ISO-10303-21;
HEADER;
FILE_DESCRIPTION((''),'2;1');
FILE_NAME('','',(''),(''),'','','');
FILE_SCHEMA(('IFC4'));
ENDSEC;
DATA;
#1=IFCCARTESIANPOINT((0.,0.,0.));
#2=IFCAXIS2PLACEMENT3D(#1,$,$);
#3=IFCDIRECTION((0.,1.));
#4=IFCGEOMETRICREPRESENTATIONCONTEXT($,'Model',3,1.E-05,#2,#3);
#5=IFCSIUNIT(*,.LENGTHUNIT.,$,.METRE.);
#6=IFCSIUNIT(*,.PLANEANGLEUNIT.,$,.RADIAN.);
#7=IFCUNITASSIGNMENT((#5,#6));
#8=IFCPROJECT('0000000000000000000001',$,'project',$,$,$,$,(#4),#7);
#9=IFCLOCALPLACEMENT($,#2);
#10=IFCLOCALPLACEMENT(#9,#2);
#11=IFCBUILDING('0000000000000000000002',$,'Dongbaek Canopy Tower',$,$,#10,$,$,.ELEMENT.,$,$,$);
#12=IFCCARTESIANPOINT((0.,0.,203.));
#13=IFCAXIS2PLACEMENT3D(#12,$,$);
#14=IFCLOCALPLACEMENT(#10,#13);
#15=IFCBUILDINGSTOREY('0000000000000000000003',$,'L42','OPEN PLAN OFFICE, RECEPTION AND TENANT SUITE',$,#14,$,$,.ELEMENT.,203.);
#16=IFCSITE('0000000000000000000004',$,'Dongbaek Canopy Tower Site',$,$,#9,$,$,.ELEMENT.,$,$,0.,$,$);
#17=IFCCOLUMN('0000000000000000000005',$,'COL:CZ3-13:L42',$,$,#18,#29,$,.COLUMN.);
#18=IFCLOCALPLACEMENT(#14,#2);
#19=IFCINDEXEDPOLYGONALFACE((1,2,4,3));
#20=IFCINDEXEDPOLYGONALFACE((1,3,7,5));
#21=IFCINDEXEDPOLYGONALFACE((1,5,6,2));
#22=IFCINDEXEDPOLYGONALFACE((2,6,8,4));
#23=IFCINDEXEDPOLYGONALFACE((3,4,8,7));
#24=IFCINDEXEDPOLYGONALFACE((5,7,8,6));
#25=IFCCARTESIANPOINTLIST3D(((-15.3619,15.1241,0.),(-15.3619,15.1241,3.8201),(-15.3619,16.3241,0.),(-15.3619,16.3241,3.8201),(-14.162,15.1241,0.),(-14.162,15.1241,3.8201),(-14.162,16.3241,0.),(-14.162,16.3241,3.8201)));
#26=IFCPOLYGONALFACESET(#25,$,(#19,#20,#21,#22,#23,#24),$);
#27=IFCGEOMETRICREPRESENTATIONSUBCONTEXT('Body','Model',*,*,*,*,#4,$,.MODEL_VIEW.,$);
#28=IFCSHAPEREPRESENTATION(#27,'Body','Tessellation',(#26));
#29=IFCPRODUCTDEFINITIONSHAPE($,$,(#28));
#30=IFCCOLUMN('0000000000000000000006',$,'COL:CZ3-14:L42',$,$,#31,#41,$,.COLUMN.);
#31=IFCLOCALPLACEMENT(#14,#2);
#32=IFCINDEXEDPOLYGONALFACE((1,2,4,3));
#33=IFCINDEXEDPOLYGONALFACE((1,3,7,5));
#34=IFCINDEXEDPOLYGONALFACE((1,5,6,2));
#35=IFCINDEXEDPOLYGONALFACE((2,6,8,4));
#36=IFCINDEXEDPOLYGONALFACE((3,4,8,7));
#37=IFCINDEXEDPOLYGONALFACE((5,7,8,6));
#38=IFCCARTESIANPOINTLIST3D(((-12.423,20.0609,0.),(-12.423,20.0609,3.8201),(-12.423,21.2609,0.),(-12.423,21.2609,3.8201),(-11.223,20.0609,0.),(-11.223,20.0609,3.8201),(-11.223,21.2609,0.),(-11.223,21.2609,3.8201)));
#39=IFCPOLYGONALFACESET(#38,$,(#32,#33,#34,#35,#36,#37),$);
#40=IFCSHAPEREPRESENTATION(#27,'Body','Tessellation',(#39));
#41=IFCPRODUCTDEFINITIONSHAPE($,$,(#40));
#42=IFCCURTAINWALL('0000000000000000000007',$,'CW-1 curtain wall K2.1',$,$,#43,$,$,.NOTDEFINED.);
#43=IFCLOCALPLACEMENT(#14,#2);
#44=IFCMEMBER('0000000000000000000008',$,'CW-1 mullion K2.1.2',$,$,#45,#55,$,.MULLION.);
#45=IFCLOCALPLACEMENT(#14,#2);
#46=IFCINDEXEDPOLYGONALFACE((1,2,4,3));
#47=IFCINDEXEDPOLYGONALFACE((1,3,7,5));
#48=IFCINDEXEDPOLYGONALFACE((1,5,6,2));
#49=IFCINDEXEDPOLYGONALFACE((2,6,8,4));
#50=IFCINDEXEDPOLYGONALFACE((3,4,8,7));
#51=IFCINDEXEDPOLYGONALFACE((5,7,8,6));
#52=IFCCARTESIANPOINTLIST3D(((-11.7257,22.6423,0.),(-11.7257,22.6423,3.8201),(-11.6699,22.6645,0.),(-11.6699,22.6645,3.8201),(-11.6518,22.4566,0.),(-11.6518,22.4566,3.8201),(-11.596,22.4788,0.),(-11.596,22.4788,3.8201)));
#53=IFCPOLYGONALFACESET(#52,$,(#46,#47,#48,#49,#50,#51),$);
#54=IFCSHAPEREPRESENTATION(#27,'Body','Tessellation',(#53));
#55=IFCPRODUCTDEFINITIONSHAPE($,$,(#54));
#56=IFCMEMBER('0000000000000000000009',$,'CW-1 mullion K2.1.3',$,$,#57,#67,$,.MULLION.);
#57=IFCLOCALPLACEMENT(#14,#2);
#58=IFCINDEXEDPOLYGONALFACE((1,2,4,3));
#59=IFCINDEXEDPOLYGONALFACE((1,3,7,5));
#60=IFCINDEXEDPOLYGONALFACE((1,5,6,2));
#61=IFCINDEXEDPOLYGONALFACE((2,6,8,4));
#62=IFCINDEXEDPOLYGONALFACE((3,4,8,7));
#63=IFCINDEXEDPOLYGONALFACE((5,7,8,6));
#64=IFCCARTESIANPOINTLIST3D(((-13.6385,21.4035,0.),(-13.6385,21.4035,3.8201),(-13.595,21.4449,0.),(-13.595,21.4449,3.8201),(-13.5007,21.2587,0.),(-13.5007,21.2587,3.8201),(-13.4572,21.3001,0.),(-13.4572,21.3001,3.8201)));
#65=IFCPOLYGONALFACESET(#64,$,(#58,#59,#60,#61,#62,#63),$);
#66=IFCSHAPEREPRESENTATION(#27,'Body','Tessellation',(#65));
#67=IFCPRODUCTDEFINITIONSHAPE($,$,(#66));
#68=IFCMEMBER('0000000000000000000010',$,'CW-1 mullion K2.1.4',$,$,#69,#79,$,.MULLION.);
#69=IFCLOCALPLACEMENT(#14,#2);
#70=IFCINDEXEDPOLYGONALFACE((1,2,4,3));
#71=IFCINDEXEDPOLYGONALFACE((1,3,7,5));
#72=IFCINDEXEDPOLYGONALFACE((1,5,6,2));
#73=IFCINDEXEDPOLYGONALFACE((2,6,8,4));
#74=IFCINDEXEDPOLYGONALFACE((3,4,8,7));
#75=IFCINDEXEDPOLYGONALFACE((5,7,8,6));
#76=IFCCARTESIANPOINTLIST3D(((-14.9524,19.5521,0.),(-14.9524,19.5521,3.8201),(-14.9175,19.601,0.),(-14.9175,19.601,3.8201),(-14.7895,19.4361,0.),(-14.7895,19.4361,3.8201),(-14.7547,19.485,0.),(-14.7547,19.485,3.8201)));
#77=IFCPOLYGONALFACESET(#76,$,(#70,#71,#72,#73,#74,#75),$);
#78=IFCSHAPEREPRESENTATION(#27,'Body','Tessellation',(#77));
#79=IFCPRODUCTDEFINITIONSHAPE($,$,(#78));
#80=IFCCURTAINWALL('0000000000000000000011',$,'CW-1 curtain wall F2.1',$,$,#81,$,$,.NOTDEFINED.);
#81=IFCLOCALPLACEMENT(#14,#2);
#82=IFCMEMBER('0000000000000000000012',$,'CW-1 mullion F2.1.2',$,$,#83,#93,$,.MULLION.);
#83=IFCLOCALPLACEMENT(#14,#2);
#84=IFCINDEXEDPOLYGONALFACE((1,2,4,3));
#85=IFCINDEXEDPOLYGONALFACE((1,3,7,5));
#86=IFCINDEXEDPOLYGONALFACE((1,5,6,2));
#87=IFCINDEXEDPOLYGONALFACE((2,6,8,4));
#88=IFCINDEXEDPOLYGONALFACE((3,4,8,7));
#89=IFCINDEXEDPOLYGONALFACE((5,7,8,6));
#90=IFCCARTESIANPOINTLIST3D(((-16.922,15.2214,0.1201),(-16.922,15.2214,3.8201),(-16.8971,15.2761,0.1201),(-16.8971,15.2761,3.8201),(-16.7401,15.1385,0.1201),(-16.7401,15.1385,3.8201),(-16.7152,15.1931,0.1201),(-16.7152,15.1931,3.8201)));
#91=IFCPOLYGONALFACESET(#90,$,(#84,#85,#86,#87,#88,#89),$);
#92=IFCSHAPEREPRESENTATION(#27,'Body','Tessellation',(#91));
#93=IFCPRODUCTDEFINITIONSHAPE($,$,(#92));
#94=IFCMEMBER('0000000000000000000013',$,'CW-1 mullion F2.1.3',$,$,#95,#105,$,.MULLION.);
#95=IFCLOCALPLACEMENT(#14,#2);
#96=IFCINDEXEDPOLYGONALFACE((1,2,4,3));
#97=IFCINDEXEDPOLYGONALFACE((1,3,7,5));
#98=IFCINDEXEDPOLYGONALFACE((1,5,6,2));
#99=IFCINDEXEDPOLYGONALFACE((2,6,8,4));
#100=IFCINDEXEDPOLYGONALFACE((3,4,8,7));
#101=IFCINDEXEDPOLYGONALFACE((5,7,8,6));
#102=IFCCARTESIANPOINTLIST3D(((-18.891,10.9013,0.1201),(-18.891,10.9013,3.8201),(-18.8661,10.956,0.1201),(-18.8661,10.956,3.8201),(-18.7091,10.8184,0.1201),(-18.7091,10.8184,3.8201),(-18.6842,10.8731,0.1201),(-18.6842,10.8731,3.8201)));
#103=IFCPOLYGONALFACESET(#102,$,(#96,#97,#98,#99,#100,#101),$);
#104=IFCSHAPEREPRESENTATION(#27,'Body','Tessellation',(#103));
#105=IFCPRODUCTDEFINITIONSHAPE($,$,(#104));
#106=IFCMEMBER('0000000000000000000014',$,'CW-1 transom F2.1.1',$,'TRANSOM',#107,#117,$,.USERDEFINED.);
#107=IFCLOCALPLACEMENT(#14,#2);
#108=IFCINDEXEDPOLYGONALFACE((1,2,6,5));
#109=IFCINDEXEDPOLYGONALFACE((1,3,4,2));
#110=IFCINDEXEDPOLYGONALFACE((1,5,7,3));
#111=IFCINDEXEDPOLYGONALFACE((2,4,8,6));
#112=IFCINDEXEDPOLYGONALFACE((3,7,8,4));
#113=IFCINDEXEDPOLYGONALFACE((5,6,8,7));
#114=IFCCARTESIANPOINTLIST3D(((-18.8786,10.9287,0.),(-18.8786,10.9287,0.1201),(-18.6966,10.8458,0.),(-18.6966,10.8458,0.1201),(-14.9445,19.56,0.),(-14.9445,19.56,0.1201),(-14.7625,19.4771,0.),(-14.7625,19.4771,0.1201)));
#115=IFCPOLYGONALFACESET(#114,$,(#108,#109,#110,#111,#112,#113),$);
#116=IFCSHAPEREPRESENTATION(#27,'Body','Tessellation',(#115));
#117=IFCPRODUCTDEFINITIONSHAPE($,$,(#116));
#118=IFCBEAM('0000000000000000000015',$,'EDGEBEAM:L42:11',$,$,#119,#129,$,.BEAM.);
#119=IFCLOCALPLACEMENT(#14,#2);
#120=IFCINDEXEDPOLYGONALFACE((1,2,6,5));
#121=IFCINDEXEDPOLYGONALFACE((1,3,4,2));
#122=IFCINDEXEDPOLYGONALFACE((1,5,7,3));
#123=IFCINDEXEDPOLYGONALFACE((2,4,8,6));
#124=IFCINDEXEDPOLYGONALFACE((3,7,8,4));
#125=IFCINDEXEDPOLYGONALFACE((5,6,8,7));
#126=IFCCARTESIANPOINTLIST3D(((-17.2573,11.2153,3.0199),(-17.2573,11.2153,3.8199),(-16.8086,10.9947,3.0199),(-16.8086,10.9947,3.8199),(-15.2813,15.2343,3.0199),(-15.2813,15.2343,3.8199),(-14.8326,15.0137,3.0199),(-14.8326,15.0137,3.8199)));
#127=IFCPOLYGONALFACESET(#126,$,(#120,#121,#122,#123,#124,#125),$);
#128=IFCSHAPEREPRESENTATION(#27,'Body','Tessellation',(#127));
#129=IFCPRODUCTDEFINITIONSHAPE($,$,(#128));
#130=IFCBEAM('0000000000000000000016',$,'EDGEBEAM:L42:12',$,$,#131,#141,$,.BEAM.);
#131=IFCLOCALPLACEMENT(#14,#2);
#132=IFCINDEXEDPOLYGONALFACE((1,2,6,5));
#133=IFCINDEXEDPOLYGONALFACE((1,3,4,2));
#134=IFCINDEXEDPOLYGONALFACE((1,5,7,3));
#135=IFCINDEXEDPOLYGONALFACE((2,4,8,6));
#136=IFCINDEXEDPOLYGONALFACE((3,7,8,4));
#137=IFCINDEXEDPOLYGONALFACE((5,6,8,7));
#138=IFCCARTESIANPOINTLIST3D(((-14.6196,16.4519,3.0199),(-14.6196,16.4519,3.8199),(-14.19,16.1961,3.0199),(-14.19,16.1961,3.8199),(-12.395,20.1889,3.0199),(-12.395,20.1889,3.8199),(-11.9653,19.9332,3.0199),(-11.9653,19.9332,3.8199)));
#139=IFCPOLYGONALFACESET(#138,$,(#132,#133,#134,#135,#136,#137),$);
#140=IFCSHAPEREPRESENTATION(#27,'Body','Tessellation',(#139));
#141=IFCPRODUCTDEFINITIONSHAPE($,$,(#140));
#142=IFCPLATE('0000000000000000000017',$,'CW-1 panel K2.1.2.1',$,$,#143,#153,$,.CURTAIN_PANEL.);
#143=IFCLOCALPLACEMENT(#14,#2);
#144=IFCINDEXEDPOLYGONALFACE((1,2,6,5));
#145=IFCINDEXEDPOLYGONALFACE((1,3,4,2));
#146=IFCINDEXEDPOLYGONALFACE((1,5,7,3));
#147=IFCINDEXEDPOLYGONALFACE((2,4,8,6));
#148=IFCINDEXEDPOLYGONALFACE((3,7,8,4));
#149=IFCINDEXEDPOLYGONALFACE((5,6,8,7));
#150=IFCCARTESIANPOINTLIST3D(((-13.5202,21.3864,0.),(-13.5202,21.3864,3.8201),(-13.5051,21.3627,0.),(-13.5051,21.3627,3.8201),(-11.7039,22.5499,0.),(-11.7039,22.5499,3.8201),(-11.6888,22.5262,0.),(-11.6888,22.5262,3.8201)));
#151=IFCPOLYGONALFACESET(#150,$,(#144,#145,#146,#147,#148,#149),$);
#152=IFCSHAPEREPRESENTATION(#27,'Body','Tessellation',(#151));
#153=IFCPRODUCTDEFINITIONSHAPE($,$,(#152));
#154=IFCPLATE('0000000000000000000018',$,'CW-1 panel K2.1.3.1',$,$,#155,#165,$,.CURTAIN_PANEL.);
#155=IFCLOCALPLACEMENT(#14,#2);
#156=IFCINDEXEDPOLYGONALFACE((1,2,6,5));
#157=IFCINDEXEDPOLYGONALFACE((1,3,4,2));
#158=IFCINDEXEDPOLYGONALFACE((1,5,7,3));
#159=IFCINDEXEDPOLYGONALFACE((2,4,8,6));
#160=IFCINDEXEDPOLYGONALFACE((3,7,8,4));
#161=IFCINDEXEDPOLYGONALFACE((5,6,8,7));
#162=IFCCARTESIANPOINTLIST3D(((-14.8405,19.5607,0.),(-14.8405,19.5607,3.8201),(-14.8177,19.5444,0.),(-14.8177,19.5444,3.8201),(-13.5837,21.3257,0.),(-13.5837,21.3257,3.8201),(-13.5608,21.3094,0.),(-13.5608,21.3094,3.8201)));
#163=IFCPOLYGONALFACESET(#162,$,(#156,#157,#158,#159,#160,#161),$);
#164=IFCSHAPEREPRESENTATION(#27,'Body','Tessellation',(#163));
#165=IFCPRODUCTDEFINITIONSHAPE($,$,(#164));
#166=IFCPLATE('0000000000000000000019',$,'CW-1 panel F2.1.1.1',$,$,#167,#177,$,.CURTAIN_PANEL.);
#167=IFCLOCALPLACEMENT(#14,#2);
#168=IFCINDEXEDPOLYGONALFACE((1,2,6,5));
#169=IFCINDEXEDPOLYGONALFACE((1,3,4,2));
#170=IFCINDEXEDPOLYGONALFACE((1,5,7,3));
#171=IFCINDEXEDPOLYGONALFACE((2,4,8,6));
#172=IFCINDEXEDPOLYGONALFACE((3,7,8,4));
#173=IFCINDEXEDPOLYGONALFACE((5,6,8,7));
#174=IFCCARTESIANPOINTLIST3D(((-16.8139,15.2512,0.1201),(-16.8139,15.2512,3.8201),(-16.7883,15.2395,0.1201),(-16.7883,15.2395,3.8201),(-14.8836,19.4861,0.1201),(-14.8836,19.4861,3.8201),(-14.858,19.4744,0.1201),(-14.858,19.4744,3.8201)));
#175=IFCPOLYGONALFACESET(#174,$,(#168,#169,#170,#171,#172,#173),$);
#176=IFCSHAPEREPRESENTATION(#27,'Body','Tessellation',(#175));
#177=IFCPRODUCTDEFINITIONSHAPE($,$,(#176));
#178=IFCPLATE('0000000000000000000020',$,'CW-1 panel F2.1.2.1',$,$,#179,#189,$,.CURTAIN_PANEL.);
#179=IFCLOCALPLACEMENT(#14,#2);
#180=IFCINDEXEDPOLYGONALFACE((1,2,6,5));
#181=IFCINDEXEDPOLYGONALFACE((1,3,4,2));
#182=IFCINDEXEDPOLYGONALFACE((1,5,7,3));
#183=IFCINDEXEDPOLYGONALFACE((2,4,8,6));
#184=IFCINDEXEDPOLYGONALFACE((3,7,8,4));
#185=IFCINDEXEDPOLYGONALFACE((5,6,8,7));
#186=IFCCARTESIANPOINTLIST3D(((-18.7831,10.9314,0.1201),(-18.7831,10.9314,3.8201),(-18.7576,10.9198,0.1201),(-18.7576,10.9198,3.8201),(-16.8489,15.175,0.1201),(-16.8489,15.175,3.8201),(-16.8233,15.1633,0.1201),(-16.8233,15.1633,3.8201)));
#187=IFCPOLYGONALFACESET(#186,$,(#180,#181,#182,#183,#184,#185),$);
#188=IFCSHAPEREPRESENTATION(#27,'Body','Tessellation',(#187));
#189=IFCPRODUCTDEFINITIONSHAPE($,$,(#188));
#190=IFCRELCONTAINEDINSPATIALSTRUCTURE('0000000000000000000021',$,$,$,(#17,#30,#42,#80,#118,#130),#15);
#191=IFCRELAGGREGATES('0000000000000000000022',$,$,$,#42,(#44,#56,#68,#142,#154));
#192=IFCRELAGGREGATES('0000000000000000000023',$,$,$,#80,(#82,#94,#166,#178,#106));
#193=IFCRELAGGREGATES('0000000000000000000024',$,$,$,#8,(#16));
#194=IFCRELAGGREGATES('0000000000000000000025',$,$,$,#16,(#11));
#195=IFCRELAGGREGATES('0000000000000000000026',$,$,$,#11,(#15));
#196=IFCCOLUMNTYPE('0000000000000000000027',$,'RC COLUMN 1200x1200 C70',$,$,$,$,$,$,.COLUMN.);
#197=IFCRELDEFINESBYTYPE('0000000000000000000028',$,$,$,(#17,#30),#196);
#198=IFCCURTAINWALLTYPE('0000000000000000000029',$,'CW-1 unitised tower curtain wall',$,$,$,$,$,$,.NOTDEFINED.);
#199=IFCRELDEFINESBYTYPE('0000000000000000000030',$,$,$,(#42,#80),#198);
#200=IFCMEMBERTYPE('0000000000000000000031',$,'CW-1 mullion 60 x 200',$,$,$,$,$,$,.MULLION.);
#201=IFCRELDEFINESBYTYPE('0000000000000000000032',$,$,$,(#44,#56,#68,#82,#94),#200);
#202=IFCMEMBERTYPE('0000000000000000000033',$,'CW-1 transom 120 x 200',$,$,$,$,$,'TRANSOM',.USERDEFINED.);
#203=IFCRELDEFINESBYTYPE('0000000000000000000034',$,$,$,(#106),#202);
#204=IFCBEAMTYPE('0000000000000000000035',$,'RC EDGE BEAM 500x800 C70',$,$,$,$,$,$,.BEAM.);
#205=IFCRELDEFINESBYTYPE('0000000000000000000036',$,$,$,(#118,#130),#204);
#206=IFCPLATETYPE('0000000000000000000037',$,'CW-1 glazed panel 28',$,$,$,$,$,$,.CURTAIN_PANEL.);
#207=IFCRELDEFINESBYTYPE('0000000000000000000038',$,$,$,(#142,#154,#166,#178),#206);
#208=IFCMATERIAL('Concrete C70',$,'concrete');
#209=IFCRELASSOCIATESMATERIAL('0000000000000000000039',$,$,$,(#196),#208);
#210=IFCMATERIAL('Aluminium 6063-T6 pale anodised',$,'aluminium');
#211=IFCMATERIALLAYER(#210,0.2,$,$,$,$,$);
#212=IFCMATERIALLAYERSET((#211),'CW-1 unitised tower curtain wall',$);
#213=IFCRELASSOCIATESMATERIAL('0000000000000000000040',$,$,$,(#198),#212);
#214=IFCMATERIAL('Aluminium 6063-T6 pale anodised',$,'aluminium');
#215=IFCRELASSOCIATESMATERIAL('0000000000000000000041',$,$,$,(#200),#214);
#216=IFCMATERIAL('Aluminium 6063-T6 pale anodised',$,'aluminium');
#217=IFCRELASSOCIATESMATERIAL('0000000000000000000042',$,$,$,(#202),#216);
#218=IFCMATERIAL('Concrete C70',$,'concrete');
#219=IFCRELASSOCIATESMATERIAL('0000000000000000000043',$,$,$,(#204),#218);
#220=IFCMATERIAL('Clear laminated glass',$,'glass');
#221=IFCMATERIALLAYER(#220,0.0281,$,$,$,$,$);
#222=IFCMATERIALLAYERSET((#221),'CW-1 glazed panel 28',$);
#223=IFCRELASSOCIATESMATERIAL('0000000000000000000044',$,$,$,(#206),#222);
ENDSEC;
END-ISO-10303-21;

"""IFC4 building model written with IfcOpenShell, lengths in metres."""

from ifc_helpers import new_model, si_unit, direction, frame, origin, origin_2d, place, context, subcontext, project, spatial, rectangle, extrude, material, layer, layer_set, material_profile, profile_set, type_object, element, aggregate, save


model = new_model("IFC4")

# Units and contexts
model_context = context("Model", 3, precision=1e-05, world=origin(), true_north=direction((0.0, 1.0)))
body_context = subcontext(model_context, "Body", "Model", "MODEL_VIEW")
ifc_project = project(units=[si_unit("LENGTHUNIT", "METRE"), si_unit("PLANEANGLEUNIT", "RADIAN")], contexts=[model_context])

# Site, building, storey
site_placement = place(None, origin())
site = spatial("IfcSite", under=ifc_project, at=site_placement, Name="Dongbaek Canopy Tower Site", CompositionType="ELEMENT", RefElevation=0.0)
building_placement = place(site_placement, origin())
building = spatial("IfcBuilding", under=site, at=building_placement, Name="Dongbaek Canopy Tower", CompositionType="ELEMENT")
storey_placement = place(building_placement, frame((0.0, 0.0, 203.0)))
storey = spatial("IfcBuildingStorey", under=building, at=storey_placement, Name="L42", Description="OPEN PLAN OFFICE, RECEPTION AND TENANT SUITE", CompositionType="ELEMENT", Elevation=203.0)

# Columns
ifc_material_1 = material(Name="Concrete C70", Category="concrete")
ifc_material_profile_1 = material_profile(ifc_material_1, rectangle(XDim=1.2, YDim=1.2, at=origin_2d()), Name="RC COLUMN 1200x1200 C70")
ifc_profile_set_1 = profile_set([ifc_material_profile_1], Name="Concrete C70")
column_type = type_object("IfcColumnType", Name="RC COLUMN 1200x1200 C70", PredefinedType="COLUMN", material=ifc_profile_set_1)
for number, where, z_axis, x_axis, name in (
    (1, (-14.762, 15.7241, 0.0), (0.0, 0.0, 1.0), (1.0, 0.0, 0.0), "COL:CZ3-13:L42"),
    (2, (-11.823, 20.6609, 0.0), (0.0, 0.0, 1.0), (1.0, 0.0, 0.0), "COL:CZ3-14:L42"),
):
    element("IfcColumn", number, at=place(storey_placement, frame(where, z_axis=z_axis, x_axis=x_axis)), inside=storey, type_object=column_type, Name=name, PredefinedType="COLUMN", context=body_context, shape_type="SweptSolid", body=[
        extrude(rectangle(XDim=1.2, YDim=1.2, at=origin_2d()), origin(), (0.0, 0.0, 1.0), 3.8201),
    ])

# Curtain walls, members
ifc_material_2 = material(Name="Aluminium 6063-T6 pale anodised", Category="aluminium")
ifc_layer_1 = layer(ifc_material_2, 0.2)
ifc_layer_set_1 = layer_set([ifc_layer_1], Name="CW-1 unitised tower curtain wall")
curtain_wall_type = type_object("IfcCurtainWallType", Name="CW-1 unitised tower curtain wall", PredefinedType="NOTDEFINED", material=ifc_layer_set_1)
curtain_wall_1_placement = place(storey_placement, origin())
curtain_wall_1 = element("IfcCurtainWall", 3, at=curtain_wall_1_placement, inside=storey, type_object=curtain_wall_type, Name="CW-1 curtain wall K2.1", PredefinedType="NOTDEFINED")
ifc_material_3 = material(Name="Aluminium 6063-T6 pale anodised", Category="aluminium")
ifc_material_profile_2 = material_profile(ifc_material_3, rectangle(XDim=0.2, YDim=0.0601, at=origin_2d()), Name="CW-1 mullion 60 x 200")
ifc_profile_set_2 = profile_set([ifc_material_profile_2], Name="Aluminium 6063-T6 pale anodised")
member_type_1 = type_object("IfcMemberType", Name="CW-1 mullion 60 x 200", PredefinedType="MULLION", material=ifc_profile_set_2)
member_1_placement = place(storey_placement, frame((-11.6609, 22.5605, 0.0), z_axis=(0.0, 0.0, 1.0), x_axis=(-0.369611, 0.929187, 0.0)))
member_1 = element("IfcMember", 4, at=member_1_placement, type_object=member_type_1, Name="CW-1 mullion K2.1.2", PredefinedType="MULLION", context=body_context, shape_type="SweptSolid", body=[
    extrude(rectangle(XDim=0.2, YDim=0.0601, at=origin_2d()), origin(), (0.0, 0.0, 1.0), 3.8201),
])
member_2_placement = place(storey_placement, frame((-13.5479, 21.3518, 0.0), z_axis=(0.0, 0.0, 1.0), x_axis=(-0.689542, 0.724246, 0.0)))
member_2 = element("IfcMember", 5, at=member_2_placement, type_object=member_type_1, Name="CW-1 mullion K2.1.3", PredefinedType="MULLION", context=body_context, shape_type="SweptSolid", body=[
    extrude(rectangle(XDim=0.2, YDim=0.0601, at=origin_2d()), origin(), (0.0, 0.0, 1.0), 3.8201),
])
member_3_placement = place(storey_placement, frame((-14.8535, 19.5186, 0.0), z_axis=(0.0, 0.0, 1.0), x_axis=(-0.814571, 0.580064, 0.0)))
member_3 = element("IfcMember", 6, at=member_3_placement, type_object=member_type_1, Name="CW-1 mullion K2.1.4", PredefinedType="MULLION", context=body_context, shape_type="SweptSolid", body=[
    extrude(rectangle(XDim=0.2, YDim=0.0601, at=origin_2d()), origin(), (0.0, 0.0, 1.0), 3.8201),
])
curtain_wall_2_placement = place(storey_placement, origin())
curtain_wall_2 = element("IfcCurtainWall", 7, at=curtain_wall_2_placement, inside=storey, type_object=curtain_wall_type, Name="CW-1 curtain wall F2.1", PredefinedType="NOTDEFINED")
member_4_placement = place(storey_placement, frame((-16.8186, 15.2073, 0.1201), z_axis=(0.0, 0.0, 1.0), x_axis=(-0.909933, 0.414755, 0.0)))
member_4 = element("IfcMember", 8, at=member_4_placement, type_object=member_type_1, Name="CW-1 mullion F2.1.2", PredefinedType="MULLION", context=body_context, shape_type="SweptSolid", body=[
    extrude(rectangle(XDim=0.2, YDim=0.0601, at=origin_2d()), origin(), (0.0, 0.0, 1.0), 3.7),
])
member_5_placement = place(storey_placement, frame((-18.7876, 10.8872, 0.1201), z_axis=(0.0, 0.0, 1.0), x_axis=(-0.909933, 0.414755, 0.0)))
member_5 = element("IfcMember", 9, at=member_5_placement, type_object=member_type_1, Name="CW-1 mullion F2.1.3", PredefinedType="MULLION", context=body_context, shape_type="SweptSolid", body=[
    extrude(rectangle(XDim=0.2, YDim=0.0601, at=origin_2d()), origin(), (0.0, 0.0, 1.0), 3.7),
])
ifc_material_4 = material(Name="Aluminium 6063-T6 pale anodised", Category="aluminium")
ifc_material_profile_3 = material_profile(ifc_material_4, rectangle(XDim=0.2, YDim=0.1201, at=origin_2d()), Name="CW-1 transom 120 x 200")
ifc_profile_set_3 = profile_set([ifc_material_profile_3], Name="Aluminium 6063-T6 pale anodised")
member_type_2 = type_object("IfcMemberType", Name="CW-1 transom 120 x 200", ElementType="TRANSOM", PredefinedType="USERDEFINED", material=ifc_profile_set_3)
member_6_placement = place(storey_placement, frame((-14.8535, 19.5186, 0.0601), z_axis=(-0.414741, -0.909939, 0.0), x_axis=(0.909939, -0.414741, 0.0)))
member_6 = element("IfcMember", 10, at=member_6_placement, type_object=member_type_2, Name="CW-1 transom F2.1.1", ObjectType="TRANSOM", PredefinedType="USERDEFINED", context=body_context, shape_type="SweptSolid", body=[
    extrude(rectangle(XDim=0.2, YDim=0.1201, at=origin_2d()), origin(), (0.0, 0.0, 1.0), 9.4856),
])

# Beams
ifc_material_5 = material(Name="Concrete C70", Category="concrete")
ifc_material_profile_4 = material_profile(ifc_material_5, rectangle(XDim=0.5, YDim=0.8, at=origin_2d()), Name="RC EDGE BEAM 500x800 C70")
ifc_profile_set_4 = profile_set([ifc_material_profile_4], Name="Concrete C70")
beam_type = type_object("IfcBeamType", Name="RC EDGE BEAM 500x800 C70", PredefinedType="BEAM", material=ifc_profile_set_4)
beam_1_placement = place(storey_placement, frame((-17.033, 11.105, 3.4199), z_axis=(0.441229, 0.897395, 0.0), x_axis=(-0.897395, 0.441229, 0.0)))
element("IfcBeam", 11, at=beam_1_placement, inside=storey, type_object=beam_type, Name="EDGEBEAM:L42:11", PredefinedType="BEAM", context=body_context, shape_type="SweptSolid", body=[
    extrude(rectangle(XDim=0.5, YDim=0.8, at=origin_2d()), origin(), (0.0, 0.0, 1.0), 4.4785),
])
beam_2_placement = place(storey_placement, frame((-14.4048, 16.324, 3.4199), z_axis=(0.511512, 0.859276, 0.0), x_axis=(-0.859276, 0.511512, 0.0)))
element("IfcBeam", 12, at=beam_2_placement, inside=storey, type_object=beam_type, Name="EDGEBEAM:L42:12", PredefinedType="BEAM", context=body_context, shape_type="SweptSolid", body=[
    extrude(rectangle(XDim=0.5, YDim=0.8, at=origin_2d()), origin(), (0.0, 0.0, 1.0), 4.3491),
])

# Plates
ifc_material_6 = material(Name="Clear laminated glass", Category="glass")
ifc_layer_2 = layer(ifc_material_6, 0.0281)
ifc_layer_set_2 = layer_set([ifc_layer_2], Name="CW-1 glazed panel 28")
plate_type = type_object("IfcPlateType", Name="CW-1 glazed panel 28", PredefinedType="CURTAIN_PANEL", material=ifc_layer_set_2)
plate_1_placement = place(storey_placement, frame((-12.6045, 21.9563, 0.0), z_axis=(0.0, 0.0, 1.0), x_axis=(-0.84205, -0.539399, 0.0)))
plate_1 = element("IfcPlate", 13, at=plate_1_placement, type_object=plate_type, Name="CW-1 panel K2.1.2.1", PredefinedType="CURTAIN_PANEL", context=body_context, shape_type="SweptSolid", body=[
    extrude(rectangle(XDim=2.157, YDim=0.0281, at=origin_2d()), origin(), (0.0, 0.0, 1.0), 3.8201),
])
plate_2_placement = place(storey_placement, frame((-14.2007, 20.4351, 0.0), z_axis=(0.0, 0.0, 1.0), x_axis=(-0.580064, -0.814571, 0.0)))
plate_2 = element("IfcPlate", 14, at=plate_2_placement, type_object=plate_type, Name="CW-1 panel K2.1.3.1", PredefinedType="CURTAIN_PANEL", context=body_context, shape_type="SweptSolid", body=[
    extrude(rectangle(XDim=2.1667, YDim=0.0281, at=origin_2d()), origin(), (0.0, 0.0, 1.0), 3.8201),
])
aggregate(curtain_wall_1, [member_1, member_2, member_3, plate_1, plate_2])
plate_3_placement = place(storey_placement, frame((-15.8359, 17.3628, 0.1201), z_axis=(0.0, 0.0, 1.0), x_axis=(-0.414755, -0.909933, 0.0)))
plate_3 = element("IfcPlate", 15, at=plate_3_placement, type_object=plate_type, Name="CW-1 panel F2.1.1.1", PredefinedType="CURTAIN_PANEL", context=body_context, shape_type="SweptSolid", body=[
    extrude(rectangle(XDim=4.6541, YDim=0.0281, at=origin_2d()), origin(), (0.0, 0.0, 1.0), 3.7),
])
plate_4_placement = place(storey_placement, frame((-17.8032, 13.0474, 0.1201), z_axis=(0.0, 0.0, 1.0), x_axis=(-0.414755, -0.909933, 0.0)))
plate_4 = element("IfcPlate", 16, at=plate_4_placement, type_object=plate_type, Name="CW-1 panel F2.1.2.1", PredefinedType="CURTAIN_PANEL", context=body_context, shape_type="SweptSolid", body=[
    extrude(rectangle(XDim=4.6636, YDim=0.0281, at=origin_2d()), origin(), (0.0, 0.0, 1.0), 3.7),
])

aggregate(curtain_wall_2, [member_4, member_5, plate_3, plate_4, member_6])

save(model, "model.ifc")
